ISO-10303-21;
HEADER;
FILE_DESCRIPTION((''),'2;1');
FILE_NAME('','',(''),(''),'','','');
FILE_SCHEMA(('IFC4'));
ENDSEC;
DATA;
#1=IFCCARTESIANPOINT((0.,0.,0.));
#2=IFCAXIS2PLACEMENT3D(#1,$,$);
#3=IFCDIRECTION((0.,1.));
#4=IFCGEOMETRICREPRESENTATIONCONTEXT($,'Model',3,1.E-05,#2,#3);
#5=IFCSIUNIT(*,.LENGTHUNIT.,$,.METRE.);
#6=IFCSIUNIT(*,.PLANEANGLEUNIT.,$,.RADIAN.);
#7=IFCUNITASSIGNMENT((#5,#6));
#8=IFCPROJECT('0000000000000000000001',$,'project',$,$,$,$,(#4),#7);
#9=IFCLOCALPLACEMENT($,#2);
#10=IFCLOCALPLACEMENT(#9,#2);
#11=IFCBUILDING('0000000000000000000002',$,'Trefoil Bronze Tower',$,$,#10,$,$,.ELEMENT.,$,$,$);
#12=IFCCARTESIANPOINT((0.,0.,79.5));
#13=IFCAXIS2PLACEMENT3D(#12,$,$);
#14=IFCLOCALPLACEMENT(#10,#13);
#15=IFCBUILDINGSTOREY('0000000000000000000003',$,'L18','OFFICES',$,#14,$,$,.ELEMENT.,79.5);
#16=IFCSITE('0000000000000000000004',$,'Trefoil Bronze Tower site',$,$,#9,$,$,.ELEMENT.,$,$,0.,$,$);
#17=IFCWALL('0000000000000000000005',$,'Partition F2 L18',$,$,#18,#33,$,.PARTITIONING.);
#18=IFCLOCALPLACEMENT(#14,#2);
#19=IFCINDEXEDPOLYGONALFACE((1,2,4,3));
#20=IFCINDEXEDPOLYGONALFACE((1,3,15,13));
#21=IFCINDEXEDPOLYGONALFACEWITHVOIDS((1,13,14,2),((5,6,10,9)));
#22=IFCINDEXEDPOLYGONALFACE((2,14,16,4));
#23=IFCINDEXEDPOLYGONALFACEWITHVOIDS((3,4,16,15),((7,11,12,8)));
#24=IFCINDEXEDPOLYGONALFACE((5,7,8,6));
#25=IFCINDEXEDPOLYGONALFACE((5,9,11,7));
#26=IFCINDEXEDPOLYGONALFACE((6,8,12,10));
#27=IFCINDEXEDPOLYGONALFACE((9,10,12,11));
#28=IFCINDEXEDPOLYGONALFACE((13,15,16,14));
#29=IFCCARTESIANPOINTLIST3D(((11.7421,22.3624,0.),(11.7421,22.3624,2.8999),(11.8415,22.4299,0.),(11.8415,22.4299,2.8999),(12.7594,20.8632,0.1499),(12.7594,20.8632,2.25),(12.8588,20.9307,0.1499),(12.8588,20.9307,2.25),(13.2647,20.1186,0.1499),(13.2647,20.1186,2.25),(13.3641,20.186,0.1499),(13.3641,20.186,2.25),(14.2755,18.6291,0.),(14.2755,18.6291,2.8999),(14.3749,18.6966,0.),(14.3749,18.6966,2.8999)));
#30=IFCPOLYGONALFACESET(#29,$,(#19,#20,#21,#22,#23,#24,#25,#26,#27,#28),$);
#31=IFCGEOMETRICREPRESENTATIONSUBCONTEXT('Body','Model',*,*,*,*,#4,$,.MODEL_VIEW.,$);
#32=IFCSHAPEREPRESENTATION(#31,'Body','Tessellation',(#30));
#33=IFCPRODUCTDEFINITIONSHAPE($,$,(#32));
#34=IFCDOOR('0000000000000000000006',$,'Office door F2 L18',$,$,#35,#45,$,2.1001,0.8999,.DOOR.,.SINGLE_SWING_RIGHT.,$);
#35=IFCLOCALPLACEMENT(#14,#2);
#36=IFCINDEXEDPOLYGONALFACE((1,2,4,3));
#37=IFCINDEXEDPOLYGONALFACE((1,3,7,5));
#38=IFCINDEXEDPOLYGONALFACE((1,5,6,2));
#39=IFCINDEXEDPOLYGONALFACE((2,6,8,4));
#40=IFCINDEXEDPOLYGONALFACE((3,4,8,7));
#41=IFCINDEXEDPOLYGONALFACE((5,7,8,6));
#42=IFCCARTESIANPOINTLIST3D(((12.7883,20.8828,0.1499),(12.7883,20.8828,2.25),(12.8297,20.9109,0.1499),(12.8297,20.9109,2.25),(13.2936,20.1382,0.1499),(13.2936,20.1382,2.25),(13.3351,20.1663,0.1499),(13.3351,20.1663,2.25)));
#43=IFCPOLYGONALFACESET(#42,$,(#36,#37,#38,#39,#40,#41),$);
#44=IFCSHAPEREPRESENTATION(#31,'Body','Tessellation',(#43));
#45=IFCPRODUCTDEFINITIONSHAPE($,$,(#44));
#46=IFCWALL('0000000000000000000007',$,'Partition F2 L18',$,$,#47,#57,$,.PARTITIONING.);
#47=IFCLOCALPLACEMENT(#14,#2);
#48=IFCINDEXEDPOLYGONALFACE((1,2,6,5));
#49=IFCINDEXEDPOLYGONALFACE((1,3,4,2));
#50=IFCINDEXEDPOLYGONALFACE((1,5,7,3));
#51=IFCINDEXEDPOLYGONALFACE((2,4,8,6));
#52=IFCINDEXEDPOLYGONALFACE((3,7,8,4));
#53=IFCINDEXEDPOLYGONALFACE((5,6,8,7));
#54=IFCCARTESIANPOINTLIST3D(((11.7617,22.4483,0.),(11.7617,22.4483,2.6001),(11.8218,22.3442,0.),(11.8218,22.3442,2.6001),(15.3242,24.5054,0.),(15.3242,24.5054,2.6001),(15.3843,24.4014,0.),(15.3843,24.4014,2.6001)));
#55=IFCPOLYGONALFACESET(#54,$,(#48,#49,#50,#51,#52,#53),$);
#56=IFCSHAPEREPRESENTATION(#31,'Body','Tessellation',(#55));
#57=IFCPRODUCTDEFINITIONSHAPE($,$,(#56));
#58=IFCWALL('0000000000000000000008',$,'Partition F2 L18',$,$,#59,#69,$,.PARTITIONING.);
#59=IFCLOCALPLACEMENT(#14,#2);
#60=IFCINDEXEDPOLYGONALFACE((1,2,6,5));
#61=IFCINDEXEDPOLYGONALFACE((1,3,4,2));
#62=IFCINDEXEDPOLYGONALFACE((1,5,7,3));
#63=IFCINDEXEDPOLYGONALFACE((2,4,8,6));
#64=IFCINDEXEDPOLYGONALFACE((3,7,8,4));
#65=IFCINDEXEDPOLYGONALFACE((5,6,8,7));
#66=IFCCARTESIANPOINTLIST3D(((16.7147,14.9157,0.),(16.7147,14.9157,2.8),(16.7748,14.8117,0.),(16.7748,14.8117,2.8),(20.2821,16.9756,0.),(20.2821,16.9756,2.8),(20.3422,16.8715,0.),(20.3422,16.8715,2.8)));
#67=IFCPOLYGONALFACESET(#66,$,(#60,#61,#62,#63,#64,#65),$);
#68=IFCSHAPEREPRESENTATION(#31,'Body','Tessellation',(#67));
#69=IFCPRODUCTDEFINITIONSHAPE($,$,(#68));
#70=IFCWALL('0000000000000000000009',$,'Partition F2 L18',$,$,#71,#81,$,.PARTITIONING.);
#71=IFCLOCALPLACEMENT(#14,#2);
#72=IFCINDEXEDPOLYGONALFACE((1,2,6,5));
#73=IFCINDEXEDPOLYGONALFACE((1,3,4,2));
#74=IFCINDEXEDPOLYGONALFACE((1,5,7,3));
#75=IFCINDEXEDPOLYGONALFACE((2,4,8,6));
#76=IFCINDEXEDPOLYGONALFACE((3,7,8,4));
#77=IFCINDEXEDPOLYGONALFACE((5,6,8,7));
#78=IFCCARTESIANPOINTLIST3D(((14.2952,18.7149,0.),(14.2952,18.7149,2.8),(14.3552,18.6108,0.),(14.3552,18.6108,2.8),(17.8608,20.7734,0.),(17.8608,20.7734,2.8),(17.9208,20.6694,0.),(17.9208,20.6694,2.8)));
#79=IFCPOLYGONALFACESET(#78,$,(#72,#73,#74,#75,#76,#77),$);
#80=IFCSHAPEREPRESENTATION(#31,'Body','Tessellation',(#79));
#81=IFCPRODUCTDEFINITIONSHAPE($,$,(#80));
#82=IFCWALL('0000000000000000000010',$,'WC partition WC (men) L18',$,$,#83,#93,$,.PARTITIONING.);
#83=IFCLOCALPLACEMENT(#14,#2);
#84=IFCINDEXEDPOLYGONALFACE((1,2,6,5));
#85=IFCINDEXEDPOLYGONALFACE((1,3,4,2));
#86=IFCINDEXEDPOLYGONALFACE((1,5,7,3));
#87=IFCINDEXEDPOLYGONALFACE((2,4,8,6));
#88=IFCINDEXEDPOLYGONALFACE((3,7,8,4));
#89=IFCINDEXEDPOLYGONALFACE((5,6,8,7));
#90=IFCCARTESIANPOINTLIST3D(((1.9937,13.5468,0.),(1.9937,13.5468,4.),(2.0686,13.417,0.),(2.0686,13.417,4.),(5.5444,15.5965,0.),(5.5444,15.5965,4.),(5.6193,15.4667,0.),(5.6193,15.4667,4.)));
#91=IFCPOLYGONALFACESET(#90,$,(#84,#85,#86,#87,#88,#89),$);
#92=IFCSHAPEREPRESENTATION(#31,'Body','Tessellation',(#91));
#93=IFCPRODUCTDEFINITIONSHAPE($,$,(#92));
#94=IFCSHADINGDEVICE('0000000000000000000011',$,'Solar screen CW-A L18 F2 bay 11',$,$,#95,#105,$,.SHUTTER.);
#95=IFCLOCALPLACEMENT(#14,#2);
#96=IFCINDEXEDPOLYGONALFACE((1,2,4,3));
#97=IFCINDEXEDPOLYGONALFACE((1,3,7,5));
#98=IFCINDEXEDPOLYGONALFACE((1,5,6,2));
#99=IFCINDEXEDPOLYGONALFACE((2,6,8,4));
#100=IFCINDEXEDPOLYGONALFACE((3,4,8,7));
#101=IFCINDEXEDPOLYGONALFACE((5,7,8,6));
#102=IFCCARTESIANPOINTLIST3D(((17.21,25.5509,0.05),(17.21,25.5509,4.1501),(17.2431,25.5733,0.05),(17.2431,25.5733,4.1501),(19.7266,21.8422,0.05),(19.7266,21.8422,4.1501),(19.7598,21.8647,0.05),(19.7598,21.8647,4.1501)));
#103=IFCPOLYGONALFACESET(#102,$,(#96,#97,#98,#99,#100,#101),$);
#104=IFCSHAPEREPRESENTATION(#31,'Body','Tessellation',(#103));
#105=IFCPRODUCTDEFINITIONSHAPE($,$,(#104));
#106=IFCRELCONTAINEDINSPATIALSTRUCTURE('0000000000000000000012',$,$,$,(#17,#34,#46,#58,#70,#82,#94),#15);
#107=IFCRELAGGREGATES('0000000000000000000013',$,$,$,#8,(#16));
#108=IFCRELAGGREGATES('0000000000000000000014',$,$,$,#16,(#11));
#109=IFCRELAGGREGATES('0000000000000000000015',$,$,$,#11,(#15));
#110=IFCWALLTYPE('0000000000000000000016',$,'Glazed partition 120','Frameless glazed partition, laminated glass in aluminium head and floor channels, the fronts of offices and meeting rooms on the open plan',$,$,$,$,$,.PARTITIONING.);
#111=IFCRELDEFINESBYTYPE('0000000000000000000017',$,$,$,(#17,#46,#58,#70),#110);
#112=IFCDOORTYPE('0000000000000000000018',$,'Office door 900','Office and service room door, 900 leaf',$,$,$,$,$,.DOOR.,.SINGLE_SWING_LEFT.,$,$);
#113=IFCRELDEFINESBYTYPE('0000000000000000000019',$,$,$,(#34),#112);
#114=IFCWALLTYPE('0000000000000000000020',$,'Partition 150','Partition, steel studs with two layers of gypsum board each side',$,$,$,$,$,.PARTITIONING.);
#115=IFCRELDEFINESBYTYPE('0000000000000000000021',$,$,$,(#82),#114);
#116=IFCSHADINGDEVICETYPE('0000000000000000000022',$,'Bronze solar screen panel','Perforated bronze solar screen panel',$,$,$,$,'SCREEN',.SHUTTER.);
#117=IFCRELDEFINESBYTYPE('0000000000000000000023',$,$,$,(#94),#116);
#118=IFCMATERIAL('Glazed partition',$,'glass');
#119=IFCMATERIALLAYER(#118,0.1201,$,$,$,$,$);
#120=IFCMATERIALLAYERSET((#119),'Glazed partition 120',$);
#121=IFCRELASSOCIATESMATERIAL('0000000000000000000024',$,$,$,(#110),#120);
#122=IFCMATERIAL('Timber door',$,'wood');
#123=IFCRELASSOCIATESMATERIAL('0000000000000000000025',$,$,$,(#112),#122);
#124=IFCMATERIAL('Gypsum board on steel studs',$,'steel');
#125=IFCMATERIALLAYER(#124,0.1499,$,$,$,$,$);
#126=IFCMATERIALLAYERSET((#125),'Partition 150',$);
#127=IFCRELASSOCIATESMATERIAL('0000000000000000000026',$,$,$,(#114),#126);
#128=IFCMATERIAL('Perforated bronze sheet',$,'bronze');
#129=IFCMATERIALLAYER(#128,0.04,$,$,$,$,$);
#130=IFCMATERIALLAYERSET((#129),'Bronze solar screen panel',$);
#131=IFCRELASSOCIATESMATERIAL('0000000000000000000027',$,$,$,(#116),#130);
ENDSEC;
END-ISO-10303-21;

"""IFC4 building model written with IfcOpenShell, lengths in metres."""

from ifc_helpers import new_model, si_unit, direction, frame, frame_2d, origin, origin_2d, place, context, subcontext, project, spatial, rectangle, extrude, material, layer, layer_set, type_object, element, fill, save


model = new_model("IFC4")

# Units and contexts
model_context = context("Model", 3, precision=1e-05, world=origin(), true_north=direction((0.0, 1.0)))
body_context = subcontext(model_context, "Body", "Model", "MODEL_VIEW")
ifc_project = project(units=[si_unit("LENGTHUNIT", "METRE"), si_unit("PLANEANGLEUNIT", "RADIAN")], contexts=[model_context])

# Site, building, storey
site_placement = place(None, origin())
site = spatial("IfcSite", under=ifc_project, at=site_placement, Name="Trefoil Bronze Tower site", CompositionType="ELEMENT", RefElevation=0.0)
building_placement = place(site_placement, origin())
building = spatial("IfcBuilding", under=site, at=building_placement, Name="Trefoil Bronze Tower", CompositionType="ELEMENT")
storey_placement = place(building_placement, frame((0.0, 0.0, 79.5)))
storey = spatial("IfcBuildingStorey", under=building, at=storey_placement, Name="L18", Description="OFFICES", CompositionType="ELEMENT", Elevation=79.5)

# Shared definitions
ifc_material_1 = material(Name="Glazed partition", Category="glass")
ifc_layer_1 = layer(ifc_material_1, 0.1201)
ifc_layer_set_1 = layer_set([ifc_layer_1], Name="Glazed partition 120")
wall_type_1 = type_object("IfcWallType", Name="Glazed partition 120", Description="Frameless glazed partition, laminated glass in aluminium head and floor channels, the fronts of offices and meeting rooms on the open plan", PredefinedType="PARTITIONING", material=ifc_layer_set_1)

# Wall, opening, door
ifc_material_2 = material(Name="Timber door", Category="wood")
door_type = type_object("IfcDoorType", Name="Office door 900", Description="Office and service room door, 900 leaf", OperationType="SINGLE_SWING_LEFT", PredefinedType="DOOR", material=ifc_material_2)
wall_1_placement = place(storey_placement, frame((14.3252, 18.6628, 0.0), z_axis=(0.0, 0.0, 1.0), x_axis=(-0.561512, 0.827469, 0.0)))
wall_1 = element("IfcWall", 1, at=wall_1_placement, inside=storey, type_object=wall_type_1, Name="Partition F2 L18", PredefinedType="PARTITIONING", context=body_context, shape_type="SweptSolid", body=[
    extrude(rectangle(XDim=4.5117, YDim=0.1201, at=frame_2d((2.2559, 0.0))), origin(), (0.0, 0.0, 1.0), 2.8999),
])
opening_1_placement = place(wall_1_placement, frame((1.8, 0.0, 0.1499)))
opening_1 = element("IfcOpeningElement", 2, at=opening_1_placement, cuts=wall_1, PredefinedType="OPENING", context=body_context, shape_type="SweptSolid", body=[
    extrude(rectangle(XDim=0.8999, YDim=2.1001, at=frame_2d((0.45, 1.05))), frame((0.0, 0.0701, 0.0), z_axis=(0.0, -1.0, 0.0), x_axis=(1.0, 0.0, 0.0)), (0.0, 0.0, 1.0), 0.1401),
])
door_1_placement = place(opening_1_placement, frame((0.8999, 0.0, 0.0), z_axis=(0.0, 0.0, 1.0), x_axis=(-1.0, 0.0, 0.0)))
door_1 = element("IfcDoor", 3, at=door_1_placement, inside=storey, type_object=door_type, Name="Office door F2 L18", OperationType="SINGLE_SWING_RIGHT", OverallHeight=2.1001, OverallWidth=0.8999, PredefinedType="DOOR", context=body_context, shape_type="SweptSolid", body=[
    extrude(rectangle(XDim=0.8999, YDim=2.1001, at=frame_2d((0.45, 1.05))), frame((0.0, 0.0249, 0.0), z_axis=(0.0, -1.0, 0.0), x_axis=(1.0, 0.0, 0.0)), (0.0, 0.0, 1.0), 0.05),
])
fill(opening_1, door_1)

# Walls
wall_2_placement = place(storey_placement, frame((11.7917, 22.3962, 0.0), z_axis=(0.0, 0.0, 1.0), x_axis=(0.865992, 0.500058, 0.0)))
element("IfcWall", 4, at=wall_2_placement, inside=storey, type_object=wall_type_1, Name="Partition F2 L18", PredefinedType="PARTITIONING", context=body_context, shape_type="SweptSolid", body=[
    extrude(rectangle(XDim=4.1138, YDim=0.1201, at=frame_2d((2.0569, 0.0))), origin(), (0.0, 0.0, 1.0), 2.6001),
])
wall_3_placement = place(storey_placement, frame((16.7449, 14.8638, 0.0), z_axis=(0.0, 0.0, 1.0), x_axis=(0.866006, 0.500034, 0.0)))
element("IfcWall", 5, at=wall_3_placement, inside=storey, type_object=wall_type_1, Name="Partition F2 L18", PredefinedType="PARTITIONING", context=body_context, shape_type="SweptSolid", body=[
    extrude(rectangle(XDim=4.1194, YDim=0.1201, at=frame_2d((2.0596, 0.0))), origin(), (0.0, 0.0, 1.0), 2.8),
])
wall_4_placement = place(storey_placement, frame((14.3252, 18.6628, 0.0), z_axis=(0.0, 0.0, 1.0), x_axis=(0.866031, 0.499991, 0.0)))
element("IfcWall", 6, at=wall_4_placement, inside=storey, type_object=wall_type_1, Name="Partition F2 L18", PredefinedType="PARTITIONING", context=body_context, shape_type="SweptSolid", body=[
    extrude(rectangle(XDim=4.1172, YDim=0.1201, at=frame_2d((2.0586, 0.0))), origin(), (0.0, 0.0, 1.0), 2.8),
])
ifc_material_3 = material(Name="Gypsum board on steel studs", Category="steel")
ifc_layer_2 = layer(ifc_material_3, 0.1499)
ifc_layer_set_2 = layer_set([ifc_layer_2], Name="Partition 150")
wall_type_2 = type_object("IfcWallType", Name="Partition 150", Description="Partition, steel studs with two layers of gypsum board each side", PredefinedType="PARTITIONING", material=ifc_layer_set_2)
wall_5_placement = place(storey_placement, frame((2.0312, 13.4819, 0.0), z_axis=(0.0, 0.0, 1.0), x_axis=(0.866051, 0.499956, 0.0)))
element("IfcWall", 7, at=wall_5_placement, inside=storey, type_object=wall_type_2, Name="WC partition WC (men) L18", PredefinedType="PARTITIONING", context=body_context, shape_type="SweptSolid", body=[
    extrude(rectangle(XDim=4.0999, YDim=0.1499, at=frame_2d((2.0498, 0.0))), origin(), (0.0, 0.0, 1.0), 4.0),
])

# Shading device
ifc_material_4 = material(Name="Perforated bronze sheet", Category="bronze")
ifc_layer_3 = layer(ifc_material_4, 0.04)
ifc_layer_set_3 = layer_set([ifc_layer_3], Name="Bronze solar screen panel")
shading_device_type = type_object("IfcShadingDeviceType", Name="Bronze solar screen panel", Description="Perforated bronze solar screen panel", ElementType="SCREEN", PredefinedType="SHUTTER", material=ifc_layer_set_3)
shading_device_placement = place(storey_placement, frame((18.4849, 23.7078, 0.05), z_axis=(0.0, 0.0, 1.0), x_axis=(-0.56151, 0.82747, 0.0)))
element("IfcShadingDevice", 8, at=shading_device_placement, inside=storey, type_object=shading_device_type, Name="Solar screen CW-A L18 F2 bay 11", PredefinedType="SHUTTER", context=body_context, shape_type="SweptSolid", body=[
    extrude(rectangle(XDim=4.4819, YDim=0.04, at=origin_2d()), origin(), (0.0, 0.0, 1.0), 4.1001),
])

save(model, "model.ifc")
